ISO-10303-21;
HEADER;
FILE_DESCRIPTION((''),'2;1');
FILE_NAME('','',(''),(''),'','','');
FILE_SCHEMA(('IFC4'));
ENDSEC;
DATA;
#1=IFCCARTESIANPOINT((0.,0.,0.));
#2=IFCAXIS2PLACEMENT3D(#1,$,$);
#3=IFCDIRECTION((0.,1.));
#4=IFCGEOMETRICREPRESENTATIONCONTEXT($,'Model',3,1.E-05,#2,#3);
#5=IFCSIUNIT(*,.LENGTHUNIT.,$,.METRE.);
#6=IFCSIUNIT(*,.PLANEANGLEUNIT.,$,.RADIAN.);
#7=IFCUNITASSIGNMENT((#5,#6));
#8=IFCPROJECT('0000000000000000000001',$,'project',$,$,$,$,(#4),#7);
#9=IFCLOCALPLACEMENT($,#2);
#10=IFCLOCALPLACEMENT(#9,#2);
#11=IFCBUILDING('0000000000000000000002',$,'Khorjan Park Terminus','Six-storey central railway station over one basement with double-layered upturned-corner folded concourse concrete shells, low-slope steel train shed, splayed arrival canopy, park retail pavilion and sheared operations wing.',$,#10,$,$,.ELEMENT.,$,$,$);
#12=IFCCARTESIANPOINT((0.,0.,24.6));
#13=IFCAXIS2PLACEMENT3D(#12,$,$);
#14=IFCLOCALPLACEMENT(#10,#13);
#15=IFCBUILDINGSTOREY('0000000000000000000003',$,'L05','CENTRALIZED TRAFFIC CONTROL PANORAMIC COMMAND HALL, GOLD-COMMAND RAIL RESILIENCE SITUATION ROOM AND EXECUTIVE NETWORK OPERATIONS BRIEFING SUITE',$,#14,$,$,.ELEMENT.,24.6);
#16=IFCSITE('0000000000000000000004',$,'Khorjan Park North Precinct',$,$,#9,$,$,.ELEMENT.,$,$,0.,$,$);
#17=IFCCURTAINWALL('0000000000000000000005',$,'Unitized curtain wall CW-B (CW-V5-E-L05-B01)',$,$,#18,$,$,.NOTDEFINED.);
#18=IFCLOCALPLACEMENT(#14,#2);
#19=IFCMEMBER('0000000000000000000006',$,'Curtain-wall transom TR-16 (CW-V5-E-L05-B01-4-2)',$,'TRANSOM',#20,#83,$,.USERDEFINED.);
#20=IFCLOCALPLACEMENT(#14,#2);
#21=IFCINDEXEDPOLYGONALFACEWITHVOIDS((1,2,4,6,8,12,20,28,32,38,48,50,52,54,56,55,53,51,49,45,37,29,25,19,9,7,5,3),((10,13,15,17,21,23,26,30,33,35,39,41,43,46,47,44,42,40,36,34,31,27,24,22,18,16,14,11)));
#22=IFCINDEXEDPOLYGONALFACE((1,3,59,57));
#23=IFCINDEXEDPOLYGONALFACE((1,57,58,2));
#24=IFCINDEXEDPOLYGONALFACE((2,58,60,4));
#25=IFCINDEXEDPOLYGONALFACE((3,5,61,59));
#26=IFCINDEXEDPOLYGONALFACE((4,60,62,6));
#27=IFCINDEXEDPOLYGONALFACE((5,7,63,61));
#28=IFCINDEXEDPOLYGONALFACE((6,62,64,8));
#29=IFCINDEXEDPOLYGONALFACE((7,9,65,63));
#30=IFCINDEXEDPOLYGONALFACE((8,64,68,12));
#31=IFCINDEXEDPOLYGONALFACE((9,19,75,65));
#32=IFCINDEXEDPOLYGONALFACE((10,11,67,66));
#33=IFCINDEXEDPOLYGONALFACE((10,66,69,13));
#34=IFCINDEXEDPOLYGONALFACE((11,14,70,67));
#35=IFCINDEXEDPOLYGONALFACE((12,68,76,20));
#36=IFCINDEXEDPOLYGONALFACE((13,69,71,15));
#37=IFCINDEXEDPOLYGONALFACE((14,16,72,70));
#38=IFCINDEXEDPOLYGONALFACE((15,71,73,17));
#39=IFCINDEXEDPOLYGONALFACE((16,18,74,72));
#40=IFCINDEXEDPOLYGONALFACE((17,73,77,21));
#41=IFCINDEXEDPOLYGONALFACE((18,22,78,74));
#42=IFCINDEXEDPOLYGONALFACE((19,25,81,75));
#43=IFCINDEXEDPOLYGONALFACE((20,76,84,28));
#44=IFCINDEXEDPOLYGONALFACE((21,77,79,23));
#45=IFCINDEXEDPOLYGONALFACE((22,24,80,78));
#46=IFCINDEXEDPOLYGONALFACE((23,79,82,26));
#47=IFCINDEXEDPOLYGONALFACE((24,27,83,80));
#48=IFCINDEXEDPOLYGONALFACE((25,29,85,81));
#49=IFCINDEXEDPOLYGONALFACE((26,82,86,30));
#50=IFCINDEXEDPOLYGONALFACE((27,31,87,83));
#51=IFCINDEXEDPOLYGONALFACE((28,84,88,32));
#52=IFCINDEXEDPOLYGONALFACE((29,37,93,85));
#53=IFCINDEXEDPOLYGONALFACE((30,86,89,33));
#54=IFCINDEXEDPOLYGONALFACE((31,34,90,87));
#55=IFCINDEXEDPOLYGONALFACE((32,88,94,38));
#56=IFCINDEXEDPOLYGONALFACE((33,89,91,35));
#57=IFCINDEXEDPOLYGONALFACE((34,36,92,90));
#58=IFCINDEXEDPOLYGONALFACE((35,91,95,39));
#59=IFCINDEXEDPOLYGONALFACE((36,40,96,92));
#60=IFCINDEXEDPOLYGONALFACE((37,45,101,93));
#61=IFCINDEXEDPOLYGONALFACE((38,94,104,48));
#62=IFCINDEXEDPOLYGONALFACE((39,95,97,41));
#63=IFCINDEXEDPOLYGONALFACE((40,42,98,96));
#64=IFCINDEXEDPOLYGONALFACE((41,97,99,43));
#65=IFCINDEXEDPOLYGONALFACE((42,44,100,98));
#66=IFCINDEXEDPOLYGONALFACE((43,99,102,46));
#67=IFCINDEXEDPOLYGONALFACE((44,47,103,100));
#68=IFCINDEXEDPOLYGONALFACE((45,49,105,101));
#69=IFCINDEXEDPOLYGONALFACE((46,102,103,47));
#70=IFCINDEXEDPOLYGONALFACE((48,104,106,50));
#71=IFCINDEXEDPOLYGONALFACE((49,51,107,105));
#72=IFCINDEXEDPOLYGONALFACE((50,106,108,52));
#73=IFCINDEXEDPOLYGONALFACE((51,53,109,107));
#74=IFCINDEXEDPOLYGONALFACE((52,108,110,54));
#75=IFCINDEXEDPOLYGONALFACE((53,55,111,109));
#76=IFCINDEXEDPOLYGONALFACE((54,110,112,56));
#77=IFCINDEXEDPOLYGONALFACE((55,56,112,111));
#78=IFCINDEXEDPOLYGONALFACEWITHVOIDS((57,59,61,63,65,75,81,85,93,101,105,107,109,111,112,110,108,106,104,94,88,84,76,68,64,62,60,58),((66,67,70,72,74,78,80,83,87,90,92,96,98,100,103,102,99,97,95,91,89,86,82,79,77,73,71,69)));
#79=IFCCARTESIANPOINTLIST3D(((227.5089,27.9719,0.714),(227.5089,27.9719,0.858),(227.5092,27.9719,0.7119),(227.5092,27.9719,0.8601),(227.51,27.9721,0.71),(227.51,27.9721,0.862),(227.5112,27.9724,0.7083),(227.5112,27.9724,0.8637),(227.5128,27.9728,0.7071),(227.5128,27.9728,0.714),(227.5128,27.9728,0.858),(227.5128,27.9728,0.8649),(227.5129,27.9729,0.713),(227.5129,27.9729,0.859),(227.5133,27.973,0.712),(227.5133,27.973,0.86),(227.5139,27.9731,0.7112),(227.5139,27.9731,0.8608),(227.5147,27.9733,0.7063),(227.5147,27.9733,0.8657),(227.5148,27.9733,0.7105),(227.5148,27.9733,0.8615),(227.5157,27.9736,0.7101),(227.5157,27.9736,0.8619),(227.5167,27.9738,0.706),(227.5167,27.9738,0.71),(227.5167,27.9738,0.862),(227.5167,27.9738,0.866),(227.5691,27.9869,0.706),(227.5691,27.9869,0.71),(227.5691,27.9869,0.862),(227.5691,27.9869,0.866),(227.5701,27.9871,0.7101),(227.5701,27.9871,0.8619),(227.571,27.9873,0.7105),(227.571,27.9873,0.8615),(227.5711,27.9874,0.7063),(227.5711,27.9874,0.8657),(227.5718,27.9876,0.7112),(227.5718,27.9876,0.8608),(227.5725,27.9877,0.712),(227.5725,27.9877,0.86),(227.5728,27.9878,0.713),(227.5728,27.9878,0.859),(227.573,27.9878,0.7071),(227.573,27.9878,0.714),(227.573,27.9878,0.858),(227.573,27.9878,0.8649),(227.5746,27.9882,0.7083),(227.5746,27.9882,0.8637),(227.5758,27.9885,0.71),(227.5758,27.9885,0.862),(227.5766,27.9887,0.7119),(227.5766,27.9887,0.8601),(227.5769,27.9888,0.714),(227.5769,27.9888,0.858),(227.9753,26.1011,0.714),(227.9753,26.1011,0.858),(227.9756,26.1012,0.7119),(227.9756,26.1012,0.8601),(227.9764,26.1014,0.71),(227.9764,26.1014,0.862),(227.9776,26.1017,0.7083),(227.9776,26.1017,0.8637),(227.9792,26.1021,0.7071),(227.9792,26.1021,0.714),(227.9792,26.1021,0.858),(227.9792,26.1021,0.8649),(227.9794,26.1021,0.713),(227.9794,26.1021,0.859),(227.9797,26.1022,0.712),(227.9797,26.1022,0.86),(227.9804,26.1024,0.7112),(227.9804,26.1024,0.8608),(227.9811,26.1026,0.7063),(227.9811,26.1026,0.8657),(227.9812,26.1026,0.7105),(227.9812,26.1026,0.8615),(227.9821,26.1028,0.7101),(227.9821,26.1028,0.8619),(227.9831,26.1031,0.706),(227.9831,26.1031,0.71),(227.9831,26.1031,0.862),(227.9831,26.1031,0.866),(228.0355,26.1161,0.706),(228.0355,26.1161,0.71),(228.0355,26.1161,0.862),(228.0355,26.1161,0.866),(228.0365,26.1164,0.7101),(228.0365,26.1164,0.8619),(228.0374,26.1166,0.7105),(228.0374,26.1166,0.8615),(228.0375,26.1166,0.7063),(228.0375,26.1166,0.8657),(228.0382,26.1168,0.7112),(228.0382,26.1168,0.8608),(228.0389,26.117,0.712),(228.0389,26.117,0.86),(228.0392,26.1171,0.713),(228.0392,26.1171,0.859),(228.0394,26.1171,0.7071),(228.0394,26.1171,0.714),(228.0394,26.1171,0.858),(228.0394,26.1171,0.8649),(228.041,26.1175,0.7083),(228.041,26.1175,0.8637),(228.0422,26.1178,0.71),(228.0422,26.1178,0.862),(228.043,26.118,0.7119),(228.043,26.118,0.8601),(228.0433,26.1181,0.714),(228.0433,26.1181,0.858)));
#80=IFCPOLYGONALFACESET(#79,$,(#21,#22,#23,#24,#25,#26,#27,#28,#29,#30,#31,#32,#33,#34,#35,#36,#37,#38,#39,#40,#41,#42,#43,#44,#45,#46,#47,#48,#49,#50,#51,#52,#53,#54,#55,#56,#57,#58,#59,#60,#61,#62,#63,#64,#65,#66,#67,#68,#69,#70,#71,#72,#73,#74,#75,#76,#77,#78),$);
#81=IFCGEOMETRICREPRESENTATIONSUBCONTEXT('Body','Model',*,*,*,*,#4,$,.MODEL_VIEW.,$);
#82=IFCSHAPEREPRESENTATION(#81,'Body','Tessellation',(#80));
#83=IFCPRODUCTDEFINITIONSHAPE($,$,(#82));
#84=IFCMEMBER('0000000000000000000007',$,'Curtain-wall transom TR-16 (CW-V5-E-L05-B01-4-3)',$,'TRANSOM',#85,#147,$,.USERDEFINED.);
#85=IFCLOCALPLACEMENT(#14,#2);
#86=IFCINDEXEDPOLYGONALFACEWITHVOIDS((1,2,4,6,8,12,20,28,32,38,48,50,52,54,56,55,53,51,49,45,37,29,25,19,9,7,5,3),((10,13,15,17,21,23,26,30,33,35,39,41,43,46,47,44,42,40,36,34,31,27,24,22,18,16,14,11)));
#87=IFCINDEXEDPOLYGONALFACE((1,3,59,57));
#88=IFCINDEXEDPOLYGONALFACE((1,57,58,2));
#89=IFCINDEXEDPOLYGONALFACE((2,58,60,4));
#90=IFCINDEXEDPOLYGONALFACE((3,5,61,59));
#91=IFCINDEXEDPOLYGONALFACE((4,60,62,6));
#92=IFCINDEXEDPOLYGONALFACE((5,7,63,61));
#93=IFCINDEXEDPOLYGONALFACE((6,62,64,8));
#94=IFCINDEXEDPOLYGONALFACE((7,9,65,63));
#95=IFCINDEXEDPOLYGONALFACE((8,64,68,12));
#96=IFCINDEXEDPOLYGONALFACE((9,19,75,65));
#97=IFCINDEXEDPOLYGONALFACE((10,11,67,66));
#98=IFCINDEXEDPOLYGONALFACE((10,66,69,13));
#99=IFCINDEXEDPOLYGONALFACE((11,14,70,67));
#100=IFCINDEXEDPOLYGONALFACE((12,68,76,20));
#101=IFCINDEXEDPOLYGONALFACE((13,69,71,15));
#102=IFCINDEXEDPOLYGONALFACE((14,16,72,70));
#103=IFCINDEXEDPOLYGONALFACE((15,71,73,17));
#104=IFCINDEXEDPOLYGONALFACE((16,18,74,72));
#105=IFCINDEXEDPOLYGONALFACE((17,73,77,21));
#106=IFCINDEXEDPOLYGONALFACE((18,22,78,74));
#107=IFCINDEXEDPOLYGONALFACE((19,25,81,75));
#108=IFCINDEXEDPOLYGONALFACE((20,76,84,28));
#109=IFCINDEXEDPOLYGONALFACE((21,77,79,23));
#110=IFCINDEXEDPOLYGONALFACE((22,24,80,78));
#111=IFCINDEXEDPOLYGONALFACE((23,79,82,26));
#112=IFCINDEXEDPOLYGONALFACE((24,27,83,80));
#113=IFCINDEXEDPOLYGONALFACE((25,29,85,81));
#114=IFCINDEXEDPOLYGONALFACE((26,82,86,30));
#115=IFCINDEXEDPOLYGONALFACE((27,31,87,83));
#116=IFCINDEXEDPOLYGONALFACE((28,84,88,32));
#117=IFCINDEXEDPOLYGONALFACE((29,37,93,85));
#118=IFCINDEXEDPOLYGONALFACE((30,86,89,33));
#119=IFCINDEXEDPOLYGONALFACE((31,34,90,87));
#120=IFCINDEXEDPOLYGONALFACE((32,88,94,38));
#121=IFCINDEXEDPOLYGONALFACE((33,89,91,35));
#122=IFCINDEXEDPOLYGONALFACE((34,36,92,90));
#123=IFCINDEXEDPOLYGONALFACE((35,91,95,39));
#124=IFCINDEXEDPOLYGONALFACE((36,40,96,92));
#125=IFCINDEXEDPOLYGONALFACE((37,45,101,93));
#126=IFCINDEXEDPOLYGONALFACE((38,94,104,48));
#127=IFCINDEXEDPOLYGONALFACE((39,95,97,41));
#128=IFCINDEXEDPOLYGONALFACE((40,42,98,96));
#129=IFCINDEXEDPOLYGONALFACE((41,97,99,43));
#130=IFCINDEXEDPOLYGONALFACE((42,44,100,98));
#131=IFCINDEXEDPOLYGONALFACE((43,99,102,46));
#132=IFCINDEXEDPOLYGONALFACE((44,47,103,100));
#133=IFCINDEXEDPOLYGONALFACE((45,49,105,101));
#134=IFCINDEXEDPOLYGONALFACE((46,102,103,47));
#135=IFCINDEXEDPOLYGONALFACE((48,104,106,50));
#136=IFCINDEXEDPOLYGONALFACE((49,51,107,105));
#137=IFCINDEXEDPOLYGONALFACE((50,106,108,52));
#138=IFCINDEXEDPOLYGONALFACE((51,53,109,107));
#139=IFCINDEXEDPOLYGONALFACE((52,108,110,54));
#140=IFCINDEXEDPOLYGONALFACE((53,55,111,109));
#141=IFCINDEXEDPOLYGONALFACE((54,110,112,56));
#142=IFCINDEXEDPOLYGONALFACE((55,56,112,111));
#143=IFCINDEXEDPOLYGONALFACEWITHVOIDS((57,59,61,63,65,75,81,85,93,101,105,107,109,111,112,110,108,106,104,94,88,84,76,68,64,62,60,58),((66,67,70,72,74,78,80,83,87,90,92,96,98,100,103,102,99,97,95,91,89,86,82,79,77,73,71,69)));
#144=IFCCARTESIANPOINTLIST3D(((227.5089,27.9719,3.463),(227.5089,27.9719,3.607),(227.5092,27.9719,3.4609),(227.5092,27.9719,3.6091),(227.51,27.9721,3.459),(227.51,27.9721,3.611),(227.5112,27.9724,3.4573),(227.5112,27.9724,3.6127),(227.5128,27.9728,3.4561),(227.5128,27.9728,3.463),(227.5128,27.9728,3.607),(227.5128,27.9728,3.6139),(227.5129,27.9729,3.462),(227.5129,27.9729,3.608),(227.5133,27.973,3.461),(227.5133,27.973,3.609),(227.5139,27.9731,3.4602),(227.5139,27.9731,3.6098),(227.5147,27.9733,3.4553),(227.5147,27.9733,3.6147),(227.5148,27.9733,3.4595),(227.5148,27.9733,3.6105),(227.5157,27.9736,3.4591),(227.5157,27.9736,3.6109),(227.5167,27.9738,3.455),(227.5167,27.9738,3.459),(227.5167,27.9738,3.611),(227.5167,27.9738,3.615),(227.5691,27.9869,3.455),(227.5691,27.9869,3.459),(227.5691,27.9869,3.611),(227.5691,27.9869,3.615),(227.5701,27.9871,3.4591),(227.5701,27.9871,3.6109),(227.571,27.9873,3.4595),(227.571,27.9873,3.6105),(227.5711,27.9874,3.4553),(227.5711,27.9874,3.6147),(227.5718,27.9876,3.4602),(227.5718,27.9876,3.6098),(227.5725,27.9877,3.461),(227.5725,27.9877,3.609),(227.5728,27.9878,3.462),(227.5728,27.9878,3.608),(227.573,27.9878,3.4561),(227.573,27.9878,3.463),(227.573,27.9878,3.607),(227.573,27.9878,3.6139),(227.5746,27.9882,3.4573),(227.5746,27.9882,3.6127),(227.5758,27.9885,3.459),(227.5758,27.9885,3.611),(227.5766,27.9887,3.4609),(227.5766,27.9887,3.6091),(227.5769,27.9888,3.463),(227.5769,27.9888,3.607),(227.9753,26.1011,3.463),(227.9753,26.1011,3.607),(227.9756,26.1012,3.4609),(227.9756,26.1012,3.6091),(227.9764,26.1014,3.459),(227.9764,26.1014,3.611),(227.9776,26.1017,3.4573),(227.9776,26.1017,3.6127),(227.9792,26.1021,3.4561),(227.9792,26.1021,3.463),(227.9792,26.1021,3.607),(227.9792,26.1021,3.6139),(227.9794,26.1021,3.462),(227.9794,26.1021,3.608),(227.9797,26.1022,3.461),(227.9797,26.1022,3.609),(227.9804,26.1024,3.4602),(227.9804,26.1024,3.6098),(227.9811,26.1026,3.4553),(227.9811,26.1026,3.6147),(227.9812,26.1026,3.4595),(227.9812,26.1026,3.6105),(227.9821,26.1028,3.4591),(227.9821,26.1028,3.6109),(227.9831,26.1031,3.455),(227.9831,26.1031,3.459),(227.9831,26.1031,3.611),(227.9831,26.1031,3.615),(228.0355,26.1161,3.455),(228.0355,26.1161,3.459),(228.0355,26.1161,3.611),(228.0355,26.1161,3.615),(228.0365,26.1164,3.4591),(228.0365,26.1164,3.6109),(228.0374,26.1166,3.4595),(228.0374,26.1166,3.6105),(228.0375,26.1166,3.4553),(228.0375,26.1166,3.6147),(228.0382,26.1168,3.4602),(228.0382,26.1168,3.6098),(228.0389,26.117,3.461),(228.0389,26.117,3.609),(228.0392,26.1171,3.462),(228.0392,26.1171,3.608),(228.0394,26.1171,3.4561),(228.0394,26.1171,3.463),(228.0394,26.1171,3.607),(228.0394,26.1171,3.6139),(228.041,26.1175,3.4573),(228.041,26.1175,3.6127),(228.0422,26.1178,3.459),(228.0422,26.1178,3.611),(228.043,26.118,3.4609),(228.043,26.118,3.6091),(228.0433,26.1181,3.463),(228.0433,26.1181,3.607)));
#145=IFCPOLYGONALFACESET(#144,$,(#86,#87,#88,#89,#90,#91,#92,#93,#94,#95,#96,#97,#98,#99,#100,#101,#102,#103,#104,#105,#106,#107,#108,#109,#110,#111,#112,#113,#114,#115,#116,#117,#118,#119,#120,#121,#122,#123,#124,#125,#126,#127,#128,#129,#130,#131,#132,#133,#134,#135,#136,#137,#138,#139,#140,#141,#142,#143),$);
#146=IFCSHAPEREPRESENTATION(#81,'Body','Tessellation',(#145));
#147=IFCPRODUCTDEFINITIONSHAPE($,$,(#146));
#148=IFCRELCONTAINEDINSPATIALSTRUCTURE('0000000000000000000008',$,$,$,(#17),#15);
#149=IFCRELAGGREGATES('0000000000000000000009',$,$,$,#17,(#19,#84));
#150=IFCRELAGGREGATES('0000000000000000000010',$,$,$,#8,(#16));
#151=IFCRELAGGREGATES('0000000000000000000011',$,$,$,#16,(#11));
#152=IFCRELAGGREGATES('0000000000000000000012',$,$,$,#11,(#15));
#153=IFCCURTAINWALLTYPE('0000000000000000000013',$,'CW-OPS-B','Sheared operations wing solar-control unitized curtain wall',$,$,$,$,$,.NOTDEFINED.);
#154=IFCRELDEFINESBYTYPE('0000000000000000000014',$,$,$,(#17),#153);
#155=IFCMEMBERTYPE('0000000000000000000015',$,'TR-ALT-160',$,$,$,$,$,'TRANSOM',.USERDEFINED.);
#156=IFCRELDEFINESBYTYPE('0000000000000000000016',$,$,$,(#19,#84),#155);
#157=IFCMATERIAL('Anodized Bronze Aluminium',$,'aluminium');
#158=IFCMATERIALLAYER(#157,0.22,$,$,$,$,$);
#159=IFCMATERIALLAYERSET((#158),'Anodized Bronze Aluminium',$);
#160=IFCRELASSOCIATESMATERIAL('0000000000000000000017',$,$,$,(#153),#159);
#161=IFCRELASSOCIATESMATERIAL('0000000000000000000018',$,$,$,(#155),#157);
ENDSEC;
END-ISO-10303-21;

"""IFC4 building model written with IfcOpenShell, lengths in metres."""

from ifc_helpers import new_model, si_unit, direction, frame, origin, origin_2d, place, context, subcontext, project, spatial, hollow_rectangle, extrude, material, layer, layer_set, material_profile, profile_set, type_object, element, aggregate, save


model = new_model("IFC4")

# Units and contexts
model_context = context("Model", 3, precision=1e-05, world=origin(), true_north=direction((0.0, 1.0)))
body_context = subcontext(model_context, "Body", "Model", "MODEL_VIEW")
ifc_project = project(units=[si_unit("LENGTHUNIT", "METRE"), si_unit("PLANEANGLEUNIT", "RADIAN")], contexts=[model_context])

# Site, building, storey
site_placement = place(None, origin())
site = spatial("IfcSite", under=ifc_project, at=site_placement, Name="Khorjan Park North Precinct", CompositionType="ELEMENT", RefElevation=0.0)
building_placement = place(site_placement, origin())
building = spatial("IfcBuilding", under=site, at=building_placement, Name="Khorjan Park Terminus", Description="Six-storey central railway station over one basement with double-layered upturned-corner folded concourse concrete shells, low-slope steel train shed, splayed arrival canopy, park retail pavilion and sheared operations wing.", CompositionType="ELEMENT")
storey_placement = place(building_placement, frame((0.0, 0.0, 24.6)))
storey = spatial("IfcBuildingStorey", under=building, at=storey_placement, Name="L05", Description="CENTRALIZED TRAFFIC CONTROL PANORAMIC COMMAND HALL, GOLD-COMMAND RAIL RESILIENCE SITUATION ROOM AND EXECUTIVE NETWORK OPERATIONS BRIEFING SUITE", CompositionType="ELEMENT", Elevation=24.6)

# Curtain wall
ifc_material_1 = material(Name="Anodized Bronze Aluminium", Category="aluminium")
ifc_layer_1 = layer(ifc_material_1, 0.22)
ifc_layer_set_1 = layer_set([ifc_layer_1], Name="Anodized Bronze Aluminium")
curtain_wall_type = type_object("IfcCurtainWallType", Name="CW-OPS-B", Description="Sheared operations wing solar-control unitized curtain wall", PredefinedType="NOTDEFINED", material=ifc_layer_set_1)
curtain_wall_1_placement = place(storey_placement, origin())
curtain_wall_1 = element("IfcCurtainWall", 1, at=curtain_wall_1_placement, inside=storey, type_object=curtain_wall_type, Name="Unitized curtain wall CW-B (CW-V5-E-L05-B01)", PredefinedType="NOTDEFINED")

# Members
ifc_material_profile_1 = material_profile(ifc_material_1, hollow_rectangle(XDim=0.07, YDim=0.16, WallThickness=0.004, InnerFilletRadius=0.004, OuterFilletRadius=0.008, at=origin_2d()), Name="ALT 70x160x4")
ifc_profile_set_1 = profile_set([ifc_material_profile_1], Name="Anodized Bronze Aluminium")
member_type_1 = type_object("IfcMemberType", Name="TR-ALT-160", ElementType="TRANSOM", PredefinedType="USERDEFINED", material=ifc_profile_set_1)
member_1_placement = place(storey_placement, frame((228.0093, 26.1096, 0.786), z_axis=(-0.241913, 0.970298, 0.0), x_axis=(-0.970298, -0.241913, 0.0)))
member_1 = element("IfcMember", 2, at=member_1_placement, type_object=member_type_1, Name="Curtain-wall transom TR-16 (CW-V5-E-L05-B01-4-2)", ObjectType="TRANSOM", PredefinedType="USERDEFINED", context=body_context, shape_type="SweptSolid", body=[
    extrude(hollow_rectangle(XDim=0.07, YDim=0.16, WallThickness=0.004, InnerFilletRadius=0.004, OuterFilletRadius=0.008, at=origin_2d()), origin(), (0.0, 0.0, 1.0), 1.928),
])
member_2_placement = place(storey_placement, frame((228.0093, 26.1096, 3.535), z_axis=(-0.241913, 0.970298, 0.0), x_axis=(-0.970298, -0.241913, 0.0)))
member_2 = element("IfcMember", 3, at=member_2_placement, type_object=member_type_1, Name="Curtain-wall transom TR-16 (CW-V5-E-L05-B01-4-3)", ObjectType="TRANSOM", PredefinedType="USERDEFINED", context=body_context, shape_type="SweptSolid", body=[
    extrude(hollow_rectangle(XDim=0.07, YDim=0.16, WallThickness=0.004, InnerFilletRadius=0.004, OuterFilletRadius=0.008, at=origin_2d()), origin(), (0.0, 0.0, 1.0), 1.928),
])

aggregate(curtain_wall_1, [member_1, member_2])

save(model, "model.ifc")
